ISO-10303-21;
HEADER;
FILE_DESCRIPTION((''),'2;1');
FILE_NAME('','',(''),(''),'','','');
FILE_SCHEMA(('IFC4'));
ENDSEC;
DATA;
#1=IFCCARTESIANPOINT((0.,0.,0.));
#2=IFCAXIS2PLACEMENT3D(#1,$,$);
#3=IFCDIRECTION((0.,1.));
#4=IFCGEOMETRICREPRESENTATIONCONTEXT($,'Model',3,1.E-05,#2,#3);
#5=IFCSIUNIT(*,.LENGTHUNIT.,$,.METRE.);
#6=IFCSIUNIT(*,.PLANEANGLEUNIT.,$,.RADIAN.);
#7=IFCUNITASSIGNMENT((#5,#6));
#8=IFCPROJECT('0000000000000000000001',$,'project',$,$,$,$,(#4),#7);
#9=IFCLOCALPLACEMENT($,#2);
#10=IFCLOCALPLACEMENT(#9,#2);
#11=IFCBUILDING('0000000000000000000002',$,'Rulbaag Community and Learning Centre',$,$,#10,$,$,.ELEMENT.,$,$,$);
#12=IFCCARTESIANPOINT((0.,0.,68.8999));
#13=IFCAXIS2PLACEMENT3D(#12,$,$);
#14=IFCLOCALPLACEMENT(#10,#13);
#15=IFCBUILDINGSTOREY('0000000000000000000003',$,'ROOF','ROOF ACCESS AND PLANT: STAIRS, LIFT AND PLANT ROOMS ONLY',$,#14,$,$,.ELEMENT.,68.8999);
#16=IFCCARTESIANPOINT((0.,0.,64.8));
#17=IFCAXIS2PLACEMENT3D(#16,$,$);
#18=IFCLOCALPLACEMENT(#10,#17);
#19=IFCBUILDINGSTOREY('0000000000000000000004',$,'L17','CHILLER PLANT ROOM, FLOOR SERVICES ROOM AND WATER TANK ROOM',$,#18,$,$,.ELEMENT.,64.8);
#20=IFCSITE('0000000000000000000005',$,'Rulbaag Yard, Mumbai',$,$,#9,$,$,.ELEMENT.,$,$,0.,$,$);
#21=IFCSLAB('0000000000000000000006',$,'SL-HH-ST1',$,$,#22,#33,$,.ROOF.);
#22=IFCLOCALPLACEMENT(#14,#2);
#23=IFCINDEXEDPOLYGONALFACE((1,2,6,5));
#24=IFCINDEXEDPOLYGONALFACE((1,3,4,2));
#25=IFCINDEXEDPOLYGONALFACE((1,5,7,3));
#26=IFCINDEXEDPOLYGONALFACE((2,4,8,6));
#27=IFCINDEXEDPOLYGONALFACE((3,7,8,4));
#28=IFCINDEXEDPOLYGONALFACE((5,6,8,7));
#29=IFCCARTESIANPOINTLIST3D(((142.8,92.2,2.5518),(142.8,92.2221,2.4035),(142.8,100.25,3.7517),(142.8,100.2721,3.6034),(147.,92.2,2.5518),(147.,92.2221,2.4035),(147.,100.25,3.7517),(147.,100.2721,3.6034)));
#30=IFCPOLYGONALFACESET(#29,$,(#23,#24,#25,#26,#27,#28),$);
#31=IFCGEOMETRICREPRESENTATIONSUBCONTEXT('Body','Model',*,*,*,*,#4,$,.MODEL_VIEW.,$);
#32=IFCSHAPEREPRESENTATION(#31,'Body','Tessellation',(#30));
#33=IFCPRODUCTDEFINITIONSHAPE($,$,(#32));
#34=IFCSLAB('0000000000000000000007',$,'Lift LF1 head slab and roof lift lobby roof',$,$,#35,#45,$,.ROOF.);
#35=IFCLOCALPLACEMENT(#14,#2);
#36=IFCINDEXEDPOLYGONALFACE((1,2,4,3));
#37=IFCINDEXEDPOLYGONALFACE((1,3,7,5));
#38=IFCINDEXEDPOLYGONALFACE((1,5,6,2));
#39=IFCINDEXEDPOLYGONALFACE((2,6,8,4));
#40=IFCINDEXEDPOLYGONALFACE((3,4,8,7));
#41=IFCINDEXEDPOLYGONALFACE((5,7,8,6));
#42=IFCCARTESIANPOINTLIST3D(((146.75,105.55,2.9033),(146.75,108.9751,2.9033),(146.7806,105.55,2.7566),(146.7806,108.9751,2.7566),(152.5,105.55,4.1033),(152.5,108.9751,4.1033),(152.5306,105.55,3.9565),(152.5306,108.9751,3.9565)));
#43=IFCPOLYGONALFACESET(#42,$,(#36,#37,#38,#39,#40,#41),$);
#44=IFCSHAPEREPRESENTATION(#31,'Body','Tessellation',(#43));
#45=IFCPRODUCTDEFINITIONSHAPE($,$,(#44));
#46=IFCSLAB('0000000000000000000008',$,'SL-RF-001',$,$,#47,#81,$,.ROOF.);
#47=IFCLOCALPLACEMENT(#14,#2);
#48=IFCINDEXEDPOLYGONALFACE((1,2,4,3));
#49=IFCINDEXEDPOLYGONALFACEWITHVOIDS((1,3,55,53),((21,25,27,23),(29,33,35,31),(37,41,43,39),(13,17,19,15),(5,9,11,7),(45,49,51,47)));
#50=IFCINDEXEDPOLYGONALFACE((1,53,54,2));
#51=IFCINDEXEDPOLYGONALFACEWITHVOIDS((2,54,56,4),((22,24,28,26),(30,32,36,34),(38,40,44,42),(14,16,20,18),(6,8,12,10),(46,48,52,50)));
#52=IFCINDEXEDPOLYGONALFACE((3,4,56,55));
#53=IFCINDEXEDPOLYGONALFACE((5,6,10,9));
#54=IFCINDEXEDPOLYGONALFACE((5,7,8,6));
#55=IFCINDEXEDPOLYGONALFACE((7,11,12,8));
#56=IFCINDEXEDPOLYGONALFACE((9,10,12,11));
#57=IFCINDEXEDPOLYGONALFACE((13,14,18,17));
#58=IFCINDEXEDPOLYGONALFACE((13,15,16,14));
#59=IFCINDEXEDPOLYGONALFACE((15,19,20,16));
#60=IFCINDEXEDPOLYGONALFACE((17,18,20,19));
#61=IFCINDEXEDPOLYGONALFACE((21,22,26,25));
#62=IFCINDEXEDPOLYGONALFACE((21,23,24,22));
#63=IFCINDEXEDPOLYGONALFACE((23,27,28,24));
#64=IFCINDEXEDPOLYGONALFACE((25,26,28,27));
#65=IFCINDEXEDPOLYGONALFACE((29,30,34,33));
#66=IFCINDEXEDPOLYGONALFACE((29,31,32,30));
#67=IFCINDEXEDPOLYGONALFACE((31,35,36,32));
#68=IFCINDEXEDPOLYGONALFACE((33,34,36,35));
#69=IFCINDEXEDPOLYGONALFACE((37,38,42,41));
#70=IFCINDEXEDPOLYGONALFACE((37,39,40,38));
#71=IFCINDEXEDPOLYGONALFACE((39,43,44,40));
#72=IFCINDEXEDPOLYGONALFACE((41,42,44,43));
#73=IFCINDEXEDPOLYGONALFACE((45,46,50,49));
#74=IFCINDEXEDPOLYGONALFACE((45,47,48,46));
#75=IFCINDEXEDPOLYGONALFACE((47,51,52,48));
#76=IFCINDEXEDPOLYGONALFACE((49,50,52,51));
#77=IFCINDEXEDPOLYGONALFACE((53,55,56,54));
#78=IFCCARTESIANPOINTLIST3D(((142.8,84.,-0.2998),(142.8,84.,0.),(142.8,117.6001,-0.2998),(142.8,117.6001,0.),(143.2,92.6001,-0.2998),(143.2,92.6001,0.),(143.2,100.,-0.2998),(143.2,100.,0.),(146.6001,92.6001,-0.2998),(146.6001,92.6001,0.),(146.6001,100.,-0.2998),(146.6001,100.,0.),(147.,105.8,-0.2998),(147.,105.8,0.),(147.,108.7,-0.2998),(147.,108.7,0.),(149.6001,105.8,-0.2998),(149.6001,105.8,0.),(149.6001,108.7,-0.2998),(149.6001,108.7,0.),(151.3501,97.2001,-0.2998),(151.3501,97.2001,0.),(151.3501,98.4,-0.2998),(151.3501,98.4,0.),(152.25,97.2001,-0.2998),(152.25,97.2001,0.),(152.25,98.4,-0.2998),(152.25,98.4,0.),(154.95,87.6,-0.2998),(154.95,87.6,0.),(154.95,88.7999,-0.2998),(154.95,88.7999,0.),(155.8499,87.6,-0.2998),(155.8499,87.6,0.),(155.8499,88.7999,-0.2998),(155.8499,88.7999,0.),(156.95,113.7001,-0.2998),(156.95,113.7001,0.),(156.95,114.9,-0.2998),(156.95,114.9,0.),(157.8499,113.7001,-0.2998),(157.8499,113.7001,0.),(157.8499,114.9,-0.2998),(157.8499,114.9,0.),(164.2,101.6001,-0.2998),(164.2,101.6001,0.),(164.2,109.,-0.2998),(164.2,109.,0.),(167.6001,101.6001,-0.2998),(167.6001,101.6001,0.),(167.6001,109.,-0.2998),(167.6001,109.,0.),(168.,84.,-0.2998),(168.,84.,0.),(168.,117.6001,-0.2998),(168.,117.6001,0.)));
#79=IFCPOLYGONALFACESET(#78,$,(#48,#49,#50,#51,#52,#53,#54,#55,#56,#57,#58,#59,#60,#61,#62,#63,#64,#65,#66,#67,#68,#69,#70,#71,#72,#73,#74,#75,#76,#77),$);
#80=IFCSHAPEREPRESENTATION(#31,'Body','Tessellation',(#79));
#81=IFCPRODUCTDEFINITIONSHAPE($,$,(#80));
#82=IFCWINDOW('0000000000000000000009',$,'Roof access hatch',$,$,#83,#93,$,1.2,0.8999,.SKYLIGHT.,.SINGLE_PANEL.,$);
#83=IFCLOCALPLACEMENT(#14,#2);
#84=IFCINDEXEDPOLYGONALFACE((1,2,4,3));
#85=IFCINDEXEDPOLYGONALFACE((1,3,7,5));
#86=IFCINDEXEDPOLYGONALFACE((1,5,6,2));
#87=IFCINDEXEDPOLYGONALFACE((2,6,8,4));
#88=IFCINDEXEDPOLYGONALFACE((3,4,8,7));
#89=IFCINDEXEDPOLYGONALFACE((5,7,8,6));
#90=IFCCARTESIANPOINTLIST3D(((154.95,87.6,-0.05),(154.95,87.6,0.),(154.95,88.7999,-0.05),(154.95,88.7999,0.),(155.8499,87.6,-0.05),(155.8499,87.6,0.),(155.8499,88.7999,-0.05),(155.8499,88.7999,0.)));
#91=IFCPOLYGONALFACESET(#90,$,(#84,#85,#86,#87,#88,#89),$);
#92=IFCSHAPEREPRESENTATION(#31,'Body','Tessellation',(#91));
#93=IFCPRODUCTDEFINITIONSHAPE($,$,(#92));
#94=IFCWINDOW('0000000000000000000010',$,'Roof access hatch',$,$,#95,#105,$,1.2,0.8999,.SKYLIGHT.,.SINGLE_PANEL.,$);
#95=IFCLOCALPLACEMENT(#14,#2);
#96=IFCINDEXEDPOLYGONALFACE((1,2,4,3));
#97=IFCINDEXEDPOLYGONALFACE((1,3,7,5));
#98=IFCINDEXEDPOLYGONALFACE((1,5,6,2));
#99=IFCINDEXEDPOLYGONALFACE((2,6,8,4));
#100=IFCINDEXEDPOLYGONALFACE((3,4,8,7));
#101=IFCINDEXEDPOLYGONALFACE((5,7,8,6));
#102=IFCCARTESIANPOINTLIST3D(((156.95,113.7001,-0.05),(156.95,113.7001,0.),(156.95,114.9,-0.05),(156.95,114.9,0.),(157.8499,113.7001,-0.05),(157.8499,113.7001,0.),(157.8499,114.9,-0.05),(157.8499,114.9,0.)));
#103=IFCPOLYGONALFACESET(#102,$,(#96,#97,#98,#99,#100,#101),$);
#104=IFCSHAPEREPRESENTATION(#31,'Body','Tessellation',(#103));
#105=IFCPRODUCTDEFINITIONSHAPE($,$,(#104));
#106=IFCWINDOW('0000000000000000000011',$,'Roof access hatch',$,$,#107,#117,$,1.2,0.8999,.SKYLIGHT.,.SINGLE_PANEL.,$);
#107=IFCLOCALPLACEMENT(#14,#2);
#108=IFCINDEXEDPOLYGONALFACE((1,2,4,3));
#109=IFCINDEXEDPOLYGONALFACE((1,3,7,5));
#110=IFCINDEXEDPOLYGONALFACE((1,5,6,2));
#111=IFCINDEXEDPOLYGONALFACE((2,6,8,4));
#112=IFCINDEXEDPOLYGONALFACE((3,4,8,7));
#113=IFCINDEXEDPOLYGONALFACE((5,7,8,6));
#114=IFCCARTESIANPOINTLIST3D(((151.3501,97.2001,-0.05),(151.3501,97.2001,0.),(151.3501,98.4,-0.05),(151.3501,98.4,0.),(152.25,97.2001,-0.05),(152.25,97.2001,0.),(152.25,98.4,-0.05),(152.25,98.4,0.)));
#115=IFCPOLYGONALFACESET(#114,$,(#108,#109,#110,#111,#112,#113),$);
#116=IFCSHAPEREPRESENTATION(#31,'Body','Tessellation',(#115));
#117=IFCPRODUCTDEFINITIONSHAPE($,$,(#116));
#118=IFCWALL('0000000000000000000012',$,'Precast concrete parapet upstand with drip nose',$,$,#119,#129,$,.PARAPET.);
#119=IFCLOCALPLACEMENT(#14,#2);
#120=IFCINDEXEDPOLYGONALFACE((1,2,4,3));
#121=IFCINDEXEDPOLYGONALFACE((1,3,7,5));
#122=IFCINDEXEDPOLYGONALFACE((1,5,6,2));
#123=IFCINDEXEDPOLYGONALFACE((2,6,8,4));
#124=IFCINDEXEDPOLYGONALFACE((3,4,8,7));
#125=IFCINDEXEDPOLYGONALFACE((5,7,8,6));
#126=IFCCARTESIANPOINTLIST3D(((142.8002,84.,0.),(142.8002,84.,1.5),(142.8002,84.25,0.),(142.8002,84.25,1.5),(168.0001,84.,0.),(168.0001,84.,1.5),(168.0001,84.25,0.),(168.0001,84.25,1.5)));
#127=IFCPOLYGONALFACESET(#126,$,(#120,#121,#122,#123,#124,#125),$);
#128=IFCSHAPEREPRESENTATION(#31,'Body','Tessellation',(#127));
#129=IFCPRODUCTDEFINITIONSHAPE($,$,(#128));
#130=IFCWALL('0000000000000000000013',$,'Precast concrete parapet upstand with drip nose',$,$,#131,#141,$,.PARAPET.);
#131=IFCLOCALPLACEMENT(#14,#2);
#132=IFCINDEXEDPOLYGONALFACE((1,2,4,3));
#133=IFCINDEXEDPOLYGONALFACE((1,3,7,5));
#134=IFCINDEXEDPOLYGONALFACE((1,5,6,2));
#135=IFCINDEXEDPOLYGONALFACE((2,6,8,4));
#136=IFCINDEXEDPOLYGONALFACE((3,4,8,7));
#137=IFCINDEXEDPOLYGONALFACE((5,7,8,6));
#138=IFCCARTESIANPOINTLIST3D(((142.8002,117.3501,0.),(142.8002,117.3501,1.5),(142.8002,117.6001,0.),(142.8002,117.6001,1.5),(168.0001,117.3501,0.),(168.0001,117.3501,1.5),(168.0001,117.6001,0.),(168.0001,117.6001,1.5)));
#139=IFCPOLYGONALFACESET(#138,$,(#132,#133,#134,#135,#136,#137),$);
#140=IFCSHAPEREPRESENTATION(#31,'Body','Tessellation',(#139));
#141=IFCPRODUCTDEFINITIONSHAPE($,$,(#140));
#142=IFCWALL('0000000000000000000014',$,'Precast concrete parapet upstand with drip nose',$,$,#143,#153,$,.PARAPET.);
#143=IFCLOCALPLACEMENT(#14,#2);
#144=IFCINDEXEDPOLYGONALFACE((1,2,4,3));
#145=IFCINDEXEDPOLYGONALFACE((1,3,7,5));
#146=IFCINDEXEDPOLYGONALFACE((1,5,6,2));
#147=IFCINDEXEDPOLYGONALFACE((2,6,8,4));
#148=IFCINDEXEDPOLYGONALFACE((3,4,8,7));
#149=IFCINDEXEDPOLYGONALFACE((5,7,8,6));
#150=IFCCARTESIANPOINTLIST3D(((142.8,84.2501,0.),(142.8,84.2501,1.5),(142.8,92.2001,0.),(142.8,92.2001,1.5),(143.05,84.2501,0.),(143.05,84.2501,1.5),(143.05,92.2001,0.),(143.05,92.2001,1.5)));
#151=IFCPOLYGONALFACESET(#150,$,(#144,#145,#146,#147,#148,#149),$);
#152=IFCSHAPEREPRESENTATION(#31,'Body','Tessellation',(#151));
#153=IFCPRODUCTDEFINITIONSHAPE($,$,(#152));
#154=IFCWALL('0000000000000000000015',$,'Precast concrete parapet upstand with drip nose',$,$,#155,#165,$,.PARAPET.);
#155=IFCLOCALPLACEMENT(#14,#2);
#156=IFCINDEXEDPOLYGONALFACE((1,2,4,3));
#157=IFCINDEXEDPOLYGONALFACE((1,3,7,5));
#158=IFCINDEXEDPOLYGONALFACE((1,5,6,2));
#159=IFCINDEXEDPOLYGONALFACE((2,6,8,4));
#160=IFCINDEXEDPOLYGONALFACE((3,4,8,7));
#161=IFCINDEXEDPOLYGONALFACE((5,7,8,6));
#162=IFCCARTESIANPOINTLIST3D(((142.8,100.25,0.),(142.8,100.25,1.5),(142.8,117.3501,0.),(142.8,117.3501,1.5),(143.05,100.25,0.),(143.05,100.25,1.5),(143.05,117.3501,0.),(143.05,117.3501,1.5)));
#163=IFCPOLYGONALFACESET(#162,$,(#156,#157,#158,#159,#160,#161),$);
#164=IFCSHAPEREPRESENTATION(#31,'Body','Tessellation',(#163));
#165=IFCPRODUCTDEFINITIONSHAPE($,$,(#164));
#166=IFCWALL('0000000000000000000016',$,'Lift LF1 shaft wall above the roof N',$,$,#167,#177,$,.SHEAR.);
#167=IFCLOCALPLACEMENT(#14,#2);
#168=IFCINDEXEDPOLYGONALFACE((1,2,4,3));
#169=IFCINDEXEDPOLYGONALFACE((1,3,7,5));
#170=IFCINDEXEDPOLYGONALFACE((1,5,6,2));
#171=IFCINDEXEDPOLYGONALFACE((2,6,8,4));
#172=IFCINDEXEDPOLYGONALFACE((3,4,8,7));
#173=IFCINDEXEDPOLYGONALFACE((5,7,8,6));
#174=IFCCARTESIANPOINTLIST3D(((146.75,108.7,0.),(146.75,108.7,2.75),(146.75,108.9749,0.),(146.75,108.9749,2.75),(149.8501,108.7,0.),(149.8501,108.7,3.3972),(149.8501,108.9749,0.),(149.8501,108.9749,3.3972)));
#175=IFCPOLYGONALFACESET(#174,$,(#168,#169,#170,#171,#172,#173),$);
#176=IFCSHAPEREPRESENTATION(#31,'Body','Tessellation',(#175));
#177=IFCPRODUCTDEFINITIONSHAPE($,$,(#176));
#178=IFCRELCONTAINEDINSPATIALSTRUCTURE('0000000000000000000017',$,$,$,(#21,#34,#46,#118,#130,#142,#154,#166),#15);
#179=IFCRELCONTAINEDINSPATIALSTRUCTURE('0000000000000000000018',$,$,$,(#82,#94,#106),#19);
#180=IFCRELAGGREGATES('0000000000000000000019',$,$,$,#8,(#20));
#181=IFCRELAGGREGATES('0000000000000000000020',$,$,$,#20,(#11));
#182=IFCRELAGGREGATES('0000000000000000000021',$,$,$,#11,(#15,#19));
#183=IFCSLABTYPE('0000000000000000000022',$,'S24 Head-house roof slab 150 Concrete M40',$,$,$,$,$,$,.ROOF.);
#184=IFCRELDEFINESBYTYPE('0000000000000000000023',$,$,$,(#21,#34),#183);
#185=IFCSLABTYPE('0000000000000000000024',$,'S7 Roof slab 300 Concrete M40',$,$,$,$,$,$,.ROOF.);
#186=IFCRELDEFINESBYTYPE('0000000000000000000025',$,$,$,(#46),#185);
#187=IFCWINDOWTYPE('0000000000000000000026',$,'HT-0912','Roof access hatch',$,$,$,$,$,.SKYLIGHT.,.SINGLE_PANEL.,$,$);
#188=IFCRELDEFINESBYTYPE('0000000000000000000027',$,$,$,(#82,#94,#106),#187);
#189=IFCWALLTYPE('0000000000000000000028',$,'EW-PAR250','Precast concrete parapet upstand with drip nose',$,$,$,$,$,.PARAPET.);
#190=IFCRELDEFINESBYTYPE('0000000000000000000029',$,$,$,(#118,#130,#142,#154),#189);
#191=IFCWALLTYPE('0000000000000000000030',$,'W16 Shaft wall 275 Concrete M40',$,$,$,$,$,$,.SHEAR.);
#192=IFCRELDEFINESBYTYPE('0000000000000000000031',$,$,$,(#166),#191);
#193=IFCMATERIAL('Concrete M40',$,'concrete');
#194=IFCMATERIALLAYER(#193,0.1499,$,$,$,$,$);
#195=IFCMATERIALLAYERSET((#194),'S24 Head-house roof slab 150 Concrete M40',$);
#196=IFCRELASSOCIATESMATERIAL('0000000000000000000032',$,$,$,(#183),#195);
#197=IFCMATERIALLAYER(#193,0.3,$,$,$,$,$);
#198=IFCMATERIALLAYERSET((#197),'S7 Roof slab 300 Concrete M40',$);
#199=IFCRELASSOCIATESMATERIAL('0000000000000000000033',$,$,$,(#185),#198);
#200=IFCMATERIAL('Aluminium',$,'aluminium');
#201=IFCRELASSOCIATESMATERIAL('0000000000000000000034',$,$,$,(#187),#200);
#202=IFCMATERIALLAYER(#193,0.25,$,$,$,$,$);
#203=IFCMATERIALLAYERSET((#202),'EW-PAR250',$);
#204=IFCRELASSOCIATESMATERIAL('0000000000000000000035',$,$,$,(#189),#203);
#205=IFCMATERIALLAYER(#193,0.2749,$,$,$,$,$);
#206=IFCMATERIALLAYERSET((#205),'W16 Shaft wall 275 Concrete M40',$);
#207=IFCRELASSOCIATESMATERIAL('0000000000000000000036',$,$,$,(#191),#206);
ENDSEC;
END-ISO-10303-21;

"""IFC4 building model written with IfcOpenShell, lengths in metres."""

from ifc_helpers import new_model, si_unit, direction, frame, frame_2d, origin, origin_2d, place, context, subcontext, project, spatial, polyline, rectangle, outline, extrude, material, layer, layer_set, type_object, element, fill, save


model = new_model("IFC4")

# Units and contexts
model_context = context("Model", 3, precision=1e-05, world=origin(), true_north=direction((0.0, 1.0)))
body_context = subcontext(model_context, "Body", "Model", "MODEL_VIEW")
ifc_project = project(units=[si_unit("LENGTHUNIT", "METRE"), si_unit("PLANEANGLEUNIT", "RADIAN")], contexts=[model_context])

# Site, building, storey
site_placement = place(None, origin())
site = spatial("IfcSite", under=ifc_project, at=site_placement, Name="Rulbaag Yard, Mumbai", CompositionType="ELEMENT", RefElevation=0.0)
building_placement = place(site_placement, origin())
building = spatial("IfcBuilding", under=site, at=building_placement, Name="Rulbaag Community and Learning Centre", CompositionType="ELEMENT")
storey_1_placement = place(building_placement, frame((0.0, 0.0, 68.8999)))
storey_1 = spatial("IfcBuildingStorey", under=building, at=storey_1_placement, Name="ROOF", Description="ROOF ACCESS AND PLANT: STAIRS, LIFT AND PLANT ROOMS ONLY", CompositionType="ELEMENT", Elevation=68.8999)

# Slabs
ifc_material_1 = material(Name="Concrete M40", Category="concrete")
ifc_layer_1 = layer(ifc_material_1, 0.1499)
ifc_layer_set_1 = layer_set([ifc_layer_1], Name="S24 Head-house roof slab 150 Concrete M40")
slab_type_1 = type_object("IfcSlabType", Name="S24 Head-house roof slab 150 Concrete M40", PredefinedType="ROOF", material=ifc_layer_set_1)
slab_1_placement = place(storey_1_placement, frame((142.8, 92.2, 2.5518), z_axis=(0.0, -0.147432, 0.989072), x_axis=(1.0, 0.0, 0.0)))
element("IfcSlab", 1, at=slab_1_placement, inside=storey_1, type_object=slab_type_1, Name="SL-HH-ST1", PredefinedType="ROOF", context=body_context, shape_type="SweptSolid", body=[
    extrude(outline(polyline([(0.0, 0.0), (4.2, 0.0), (4.2, 8.139), (0.0, 8.139), (0.0, 0.0)])), origin(), (0.0, 0.0, -1.0), 0.1499),
])
slab_2_placement = place(storey_1_placement, frame((146.75, 105.55, 2.9033), z_axis=(-0.204286, 0.0, 0.978911), x_axis=(0.978911, 0.0, 0.204286)))
element("IfcSlab", 2, at=slab_2_placement, inside=storey_1, type_object=slab_type_1, Name="Lift LF1 head slab and roof lift lobby roof", PredefinedType="ROOF", context=body_context, shape_type="SweptSolid", body=[
    extrude(outline(polyline([(0.0, 0.0), (5.8739, 0.0), (5.8739, 3.425), (0.0, 3.425), (0.0, 0.0)])), origin(), (0.0, 0.0, -1.0), 0.1499),
])

# Slab, openings
ifc_layer_2 = layer(ifc_material_1, 0.3)
ifc_layer_set_2 = layer_set([ifc_layer_2], Name="S7 Roof slab 300 Concrete M40")
slab_type_2 = type_object("IfcSlabType", Name="S7 Roof slab 300 Concrete M40", PredefinedType="ROOF", material=ifc_layer_set_2)
slab_3_placement = place(storey_1_placement, frame((0.0, 0.0, -0.2998)))
slab_3 = element("IfcSlab", 3, at=slab_3_placement, inside=storey_1, type_object=slab_type_2, Name="SL-RF-001", PredefinedType="ROOF", context=body_context, shape_type="SweptSolid", body=[
    extrude(outline(polyline([(142.8, 84.0), (168.0, 84.0), (168.0, 117.6001), (142.8, 117.6001), (142.8, 84.0)]), holes=[polyline([(143.2, 92.6001), (146.6001, 92.6001), (146.6001, 100.0), (143.2, 100.0), (143.2, 92.6001)]), polyline([(164.2, 101.6001), (167.6001, 101.6001), (167.6001, 109.0), (164.2, 109.0), (164.2, 101.6001)]), polyline([(147.0, 105.8), (149.6001, 105.8), (149.6001, 108.7), (147.0, 108.7), (147.0, 105.8)])]), origin(), (0.0, 0.0, 1.0), 0.2998),
])
opening_1_placement = place(slab_3_placement, frame((155.3999, 88.2, 0.0)))
opening_1 = element("IfcOpeningElement", 4, at=opening_1_placement, cuts=slab_3, PredefinedType="OPENING", context=body_context, shape_type="SweptSolid", body=[
    extrude(rectangle(XDim=0.8999, YDim=1.2, at=origin_2d()), origin(), (0.0, 0.0, 1.0), 0.2998),
])
opening_2_placement = place(slab_3_placement, frame((157.3999, 114.3, 0.0)))
opening_2 = element("IfcOpeningElement", 5, at=opening_2_placement, cuts=slab_3, PredefinedType="OPENING", context=body_context, shape_type="SweptSolid", body=[
    extrude(rectangle(XDim=0.8999, YDim=1.2, at=origin_2d()), origin(), (0.0, 0.0, 1.0), 0.2998),
])
opening_3_placement = place(slab_3_placement, frame((151.8, 97.8, 0.0)))
opening_3 = element("IfcOpeningElement", 6, at=opening_3_placement, cuts=slab_3, PredefinedType="OPENING", context=body_context, shape_type="SweptSolid", body=[
    extrude(rectangle(XDim=0.8999, YDim=1.2, at=origin_2d()), origin(), (0.0, 0.0, 1.0), 0.2998),
])

# Shared definitions
storey_2_placement = place(building_placement, frame((0.0, 0.0, 64.8)))
storey_2 = spatial("IfcBuildingStorey", under=building, at=storey_2_placement, Name="L17", Description="CHILLER PLANT ROOM, FLOOR SERVICES ROOM AND WATER TANK ROOM", CompositionType="ELEMENT", Elevation=64.8)

# Windows
ifc_material_2 = material(Name="Aluminium", Category="aluminium")
window_type = type_object("IfcWindowType", Name="HT-0912", Description="Roof access hatch", PartitioningType="SINGLE_PANEL", PredefinedType="SKYLIGHT", material=ifc_material_2)
window_1_placement = place(opening_1_placement, frame((0.0, 0.0, 0.2498)))
window_1 = element("IfcWindow", 7, at=window_1_placement, inside=storey_2, type_object=window_type, Name="Roof access hatch", OverallHeight=1.2, OverallWidth=0.8999, PartitioningType="SINGLE_PANEL", PredefinedType="SKYLIGHT", context=body_context, shape_type="SweptSolid", body=[
    extrude(rectangle(XDim=0.8999, YDim=1.2, at=origin_2d()), origin(), (0.0, 0.0, 1.0), 0.05),
])
fill(opening_1, window_1)
window_2_placement = place(opening_2_placement, frame((0.0, 0.0, 0.2498)))
window_2 = element("IfcWindow", 8, at=window_2_placement, inside=storey_2, type_object=window_type, Name="Roof access hatch", OverallHeight=1.2, OverallWidth=0.8999, PartitioningType="SINGLE_PANEL", PredefinedType="SKYLIGHT", context=body_context, shape_type="SweptSolid", body=[
    extrude(rectangle(XDim=0.8999, YDim=1.2, at=origin_2d()), origin(), (0.0, 0.0, 1.0), 0.05),
])
fill(opening_2, window_2)
window_3_placement = place(opening_3_placement, frame((0.0, 0.0, 0.2498)))
window_3 = element("IfcWindow", 9, at=window_3_placement, inside=storey_2, type_object=window_type, Name="Roof access hatch", OverallHeight=1.2, OverallWidth=0.8999, PartitioningType="SINGLE_PANEL", PredefinedType="SKYLIGHT", context=body_context, shape_type="SweptSolid", body=[
    extrude(rectangle(XDim=0.8999, YDim=1.2, at=origin_2d()), origin(), (0.0, 0.0, 1.0), 0.05),
])
fill(opening_3, window_3)

# Walls
ifc_layer_3 = layer(ifc_material_1, 0.25)
ifc_layer_set_3 = layer_set([ifc_layer_3], Name="EW-PAR250")
wall_type_1 = type_object("IfcWallType", Name="EW-PAR250", Description="Precast concrete parapet upstand with drip nose", PredefinedType="PARAPET", material=ifc_layer_set_3)
for number, where, z_axis, x_axis, name in (
    (10, (142.8, 84.125, 0.0), (0.0, 0.0, 1.0), (1.0, 0.0, 0.0), "Precast concrete parapet upstand with drip nose"),
    (11, (142.8, 117.4751, 0.0), (0.0, 0.0, 1.0), (1.0, 0.0, 0.0), "Precast concrete parapet upstand with drip nose"),
):
    element("IfcWall", number, at=place(storey_1_placement, frame(where, z_axis=z_axis, x_axis=x_axis)), inside=storey_1, type_object=wall_type_1, Name=name, PredefinedType="PARAPET", context=body_context, shape_type="SweptSolid", body=[
        extrude(rectangle(XDim=25.2, YDim=0.25, at=frame_2d((12.6001, 0.0))), origin(), (0.0, 0.0, 1.0), 1.5),
    ])
wall_1_placement = place(storey_1_placement, frame((142.925, 84.25, 0.0), z_axis=(0.0, 0.0, 1.0), x_axis=(0.0, 1.0, 0.0)))
element("IfcWall", 12, at=wall_1_placement, inside=storey_1, type_object=wall_type_1, Name="Precast concrete parapet upstand with drip nose", PredefinedType="PARAPET", context=body_context, shape_type="SweptSolid", body=[
    extrude(rectangle(XDim=7.95, YDim=0.25, at=frame_2d((3.9751, 0.0))), origin(), (0.0, 0.0, 1.0), 1.5),
])
wall_2_placement = place(storey_1_placement, frame((142.925, 100.25, 0.0), z_axis=(0.0, 0.0, 1.0), x_axis=(0.0, 1.0, 0.0)))
element("IfcWall", 13, at=wall_2_placement, inside=storey_1, type_object=wall_type_1, Name="Precast concrete parapet upstand with drip nose", PredefinedType="PARAPET", context=body_context, shape_type="SweptSolid", body=[
    extrude(rectangle(XDim=17.1001, YDim=0.25, at=frame_2d((8.55, 0.0))), origin(), (0.0, 0.0, 1.0), 1.5),
])
ifc_layer_4 = layer(ifc_material_1, 0.2749)
ifc_layer_set_4 = layer_set([ifc_layer_4], Name="W16 Shaft wall 275 Concrete M40")
wall_type_2 = type_object("IfcWallType", Name="W16 Shaft wall 275 Concrete M40", PredefinedType="SHEAR", material=ifc_layer_set_4)
wall_3_placement = place(storey_1_placement, frame((146.75, 108.8374, 0.0), z_axis=(0.0, 0.0, 1.0), x_axis=(1.0, 0.0, 0.0)))
element("IfcWall", 14, at=wall_3_placement, inside=storey_1, type_object=wall_type_2, Name="Lift LF1 shaft wall above the roof N", PredefinedType="SHEAR", context=body_context, shape_type="SweptSolid", body=[
    extrude(outline(polyline([(0.0, 0.0), (3.1001, 0.0), (3.1001, 3.3972), (0.0, 2.75), (0.0, 0.0)])), frame((0.0, 0.1375, 0.0), z_axis=(0.0, -1.0, 0.0), x_axis=(1.0, 0.0, 0.0)), (0.0, 0.0, 1.0), 0.2749),
])

save(model, "model.ifc")
